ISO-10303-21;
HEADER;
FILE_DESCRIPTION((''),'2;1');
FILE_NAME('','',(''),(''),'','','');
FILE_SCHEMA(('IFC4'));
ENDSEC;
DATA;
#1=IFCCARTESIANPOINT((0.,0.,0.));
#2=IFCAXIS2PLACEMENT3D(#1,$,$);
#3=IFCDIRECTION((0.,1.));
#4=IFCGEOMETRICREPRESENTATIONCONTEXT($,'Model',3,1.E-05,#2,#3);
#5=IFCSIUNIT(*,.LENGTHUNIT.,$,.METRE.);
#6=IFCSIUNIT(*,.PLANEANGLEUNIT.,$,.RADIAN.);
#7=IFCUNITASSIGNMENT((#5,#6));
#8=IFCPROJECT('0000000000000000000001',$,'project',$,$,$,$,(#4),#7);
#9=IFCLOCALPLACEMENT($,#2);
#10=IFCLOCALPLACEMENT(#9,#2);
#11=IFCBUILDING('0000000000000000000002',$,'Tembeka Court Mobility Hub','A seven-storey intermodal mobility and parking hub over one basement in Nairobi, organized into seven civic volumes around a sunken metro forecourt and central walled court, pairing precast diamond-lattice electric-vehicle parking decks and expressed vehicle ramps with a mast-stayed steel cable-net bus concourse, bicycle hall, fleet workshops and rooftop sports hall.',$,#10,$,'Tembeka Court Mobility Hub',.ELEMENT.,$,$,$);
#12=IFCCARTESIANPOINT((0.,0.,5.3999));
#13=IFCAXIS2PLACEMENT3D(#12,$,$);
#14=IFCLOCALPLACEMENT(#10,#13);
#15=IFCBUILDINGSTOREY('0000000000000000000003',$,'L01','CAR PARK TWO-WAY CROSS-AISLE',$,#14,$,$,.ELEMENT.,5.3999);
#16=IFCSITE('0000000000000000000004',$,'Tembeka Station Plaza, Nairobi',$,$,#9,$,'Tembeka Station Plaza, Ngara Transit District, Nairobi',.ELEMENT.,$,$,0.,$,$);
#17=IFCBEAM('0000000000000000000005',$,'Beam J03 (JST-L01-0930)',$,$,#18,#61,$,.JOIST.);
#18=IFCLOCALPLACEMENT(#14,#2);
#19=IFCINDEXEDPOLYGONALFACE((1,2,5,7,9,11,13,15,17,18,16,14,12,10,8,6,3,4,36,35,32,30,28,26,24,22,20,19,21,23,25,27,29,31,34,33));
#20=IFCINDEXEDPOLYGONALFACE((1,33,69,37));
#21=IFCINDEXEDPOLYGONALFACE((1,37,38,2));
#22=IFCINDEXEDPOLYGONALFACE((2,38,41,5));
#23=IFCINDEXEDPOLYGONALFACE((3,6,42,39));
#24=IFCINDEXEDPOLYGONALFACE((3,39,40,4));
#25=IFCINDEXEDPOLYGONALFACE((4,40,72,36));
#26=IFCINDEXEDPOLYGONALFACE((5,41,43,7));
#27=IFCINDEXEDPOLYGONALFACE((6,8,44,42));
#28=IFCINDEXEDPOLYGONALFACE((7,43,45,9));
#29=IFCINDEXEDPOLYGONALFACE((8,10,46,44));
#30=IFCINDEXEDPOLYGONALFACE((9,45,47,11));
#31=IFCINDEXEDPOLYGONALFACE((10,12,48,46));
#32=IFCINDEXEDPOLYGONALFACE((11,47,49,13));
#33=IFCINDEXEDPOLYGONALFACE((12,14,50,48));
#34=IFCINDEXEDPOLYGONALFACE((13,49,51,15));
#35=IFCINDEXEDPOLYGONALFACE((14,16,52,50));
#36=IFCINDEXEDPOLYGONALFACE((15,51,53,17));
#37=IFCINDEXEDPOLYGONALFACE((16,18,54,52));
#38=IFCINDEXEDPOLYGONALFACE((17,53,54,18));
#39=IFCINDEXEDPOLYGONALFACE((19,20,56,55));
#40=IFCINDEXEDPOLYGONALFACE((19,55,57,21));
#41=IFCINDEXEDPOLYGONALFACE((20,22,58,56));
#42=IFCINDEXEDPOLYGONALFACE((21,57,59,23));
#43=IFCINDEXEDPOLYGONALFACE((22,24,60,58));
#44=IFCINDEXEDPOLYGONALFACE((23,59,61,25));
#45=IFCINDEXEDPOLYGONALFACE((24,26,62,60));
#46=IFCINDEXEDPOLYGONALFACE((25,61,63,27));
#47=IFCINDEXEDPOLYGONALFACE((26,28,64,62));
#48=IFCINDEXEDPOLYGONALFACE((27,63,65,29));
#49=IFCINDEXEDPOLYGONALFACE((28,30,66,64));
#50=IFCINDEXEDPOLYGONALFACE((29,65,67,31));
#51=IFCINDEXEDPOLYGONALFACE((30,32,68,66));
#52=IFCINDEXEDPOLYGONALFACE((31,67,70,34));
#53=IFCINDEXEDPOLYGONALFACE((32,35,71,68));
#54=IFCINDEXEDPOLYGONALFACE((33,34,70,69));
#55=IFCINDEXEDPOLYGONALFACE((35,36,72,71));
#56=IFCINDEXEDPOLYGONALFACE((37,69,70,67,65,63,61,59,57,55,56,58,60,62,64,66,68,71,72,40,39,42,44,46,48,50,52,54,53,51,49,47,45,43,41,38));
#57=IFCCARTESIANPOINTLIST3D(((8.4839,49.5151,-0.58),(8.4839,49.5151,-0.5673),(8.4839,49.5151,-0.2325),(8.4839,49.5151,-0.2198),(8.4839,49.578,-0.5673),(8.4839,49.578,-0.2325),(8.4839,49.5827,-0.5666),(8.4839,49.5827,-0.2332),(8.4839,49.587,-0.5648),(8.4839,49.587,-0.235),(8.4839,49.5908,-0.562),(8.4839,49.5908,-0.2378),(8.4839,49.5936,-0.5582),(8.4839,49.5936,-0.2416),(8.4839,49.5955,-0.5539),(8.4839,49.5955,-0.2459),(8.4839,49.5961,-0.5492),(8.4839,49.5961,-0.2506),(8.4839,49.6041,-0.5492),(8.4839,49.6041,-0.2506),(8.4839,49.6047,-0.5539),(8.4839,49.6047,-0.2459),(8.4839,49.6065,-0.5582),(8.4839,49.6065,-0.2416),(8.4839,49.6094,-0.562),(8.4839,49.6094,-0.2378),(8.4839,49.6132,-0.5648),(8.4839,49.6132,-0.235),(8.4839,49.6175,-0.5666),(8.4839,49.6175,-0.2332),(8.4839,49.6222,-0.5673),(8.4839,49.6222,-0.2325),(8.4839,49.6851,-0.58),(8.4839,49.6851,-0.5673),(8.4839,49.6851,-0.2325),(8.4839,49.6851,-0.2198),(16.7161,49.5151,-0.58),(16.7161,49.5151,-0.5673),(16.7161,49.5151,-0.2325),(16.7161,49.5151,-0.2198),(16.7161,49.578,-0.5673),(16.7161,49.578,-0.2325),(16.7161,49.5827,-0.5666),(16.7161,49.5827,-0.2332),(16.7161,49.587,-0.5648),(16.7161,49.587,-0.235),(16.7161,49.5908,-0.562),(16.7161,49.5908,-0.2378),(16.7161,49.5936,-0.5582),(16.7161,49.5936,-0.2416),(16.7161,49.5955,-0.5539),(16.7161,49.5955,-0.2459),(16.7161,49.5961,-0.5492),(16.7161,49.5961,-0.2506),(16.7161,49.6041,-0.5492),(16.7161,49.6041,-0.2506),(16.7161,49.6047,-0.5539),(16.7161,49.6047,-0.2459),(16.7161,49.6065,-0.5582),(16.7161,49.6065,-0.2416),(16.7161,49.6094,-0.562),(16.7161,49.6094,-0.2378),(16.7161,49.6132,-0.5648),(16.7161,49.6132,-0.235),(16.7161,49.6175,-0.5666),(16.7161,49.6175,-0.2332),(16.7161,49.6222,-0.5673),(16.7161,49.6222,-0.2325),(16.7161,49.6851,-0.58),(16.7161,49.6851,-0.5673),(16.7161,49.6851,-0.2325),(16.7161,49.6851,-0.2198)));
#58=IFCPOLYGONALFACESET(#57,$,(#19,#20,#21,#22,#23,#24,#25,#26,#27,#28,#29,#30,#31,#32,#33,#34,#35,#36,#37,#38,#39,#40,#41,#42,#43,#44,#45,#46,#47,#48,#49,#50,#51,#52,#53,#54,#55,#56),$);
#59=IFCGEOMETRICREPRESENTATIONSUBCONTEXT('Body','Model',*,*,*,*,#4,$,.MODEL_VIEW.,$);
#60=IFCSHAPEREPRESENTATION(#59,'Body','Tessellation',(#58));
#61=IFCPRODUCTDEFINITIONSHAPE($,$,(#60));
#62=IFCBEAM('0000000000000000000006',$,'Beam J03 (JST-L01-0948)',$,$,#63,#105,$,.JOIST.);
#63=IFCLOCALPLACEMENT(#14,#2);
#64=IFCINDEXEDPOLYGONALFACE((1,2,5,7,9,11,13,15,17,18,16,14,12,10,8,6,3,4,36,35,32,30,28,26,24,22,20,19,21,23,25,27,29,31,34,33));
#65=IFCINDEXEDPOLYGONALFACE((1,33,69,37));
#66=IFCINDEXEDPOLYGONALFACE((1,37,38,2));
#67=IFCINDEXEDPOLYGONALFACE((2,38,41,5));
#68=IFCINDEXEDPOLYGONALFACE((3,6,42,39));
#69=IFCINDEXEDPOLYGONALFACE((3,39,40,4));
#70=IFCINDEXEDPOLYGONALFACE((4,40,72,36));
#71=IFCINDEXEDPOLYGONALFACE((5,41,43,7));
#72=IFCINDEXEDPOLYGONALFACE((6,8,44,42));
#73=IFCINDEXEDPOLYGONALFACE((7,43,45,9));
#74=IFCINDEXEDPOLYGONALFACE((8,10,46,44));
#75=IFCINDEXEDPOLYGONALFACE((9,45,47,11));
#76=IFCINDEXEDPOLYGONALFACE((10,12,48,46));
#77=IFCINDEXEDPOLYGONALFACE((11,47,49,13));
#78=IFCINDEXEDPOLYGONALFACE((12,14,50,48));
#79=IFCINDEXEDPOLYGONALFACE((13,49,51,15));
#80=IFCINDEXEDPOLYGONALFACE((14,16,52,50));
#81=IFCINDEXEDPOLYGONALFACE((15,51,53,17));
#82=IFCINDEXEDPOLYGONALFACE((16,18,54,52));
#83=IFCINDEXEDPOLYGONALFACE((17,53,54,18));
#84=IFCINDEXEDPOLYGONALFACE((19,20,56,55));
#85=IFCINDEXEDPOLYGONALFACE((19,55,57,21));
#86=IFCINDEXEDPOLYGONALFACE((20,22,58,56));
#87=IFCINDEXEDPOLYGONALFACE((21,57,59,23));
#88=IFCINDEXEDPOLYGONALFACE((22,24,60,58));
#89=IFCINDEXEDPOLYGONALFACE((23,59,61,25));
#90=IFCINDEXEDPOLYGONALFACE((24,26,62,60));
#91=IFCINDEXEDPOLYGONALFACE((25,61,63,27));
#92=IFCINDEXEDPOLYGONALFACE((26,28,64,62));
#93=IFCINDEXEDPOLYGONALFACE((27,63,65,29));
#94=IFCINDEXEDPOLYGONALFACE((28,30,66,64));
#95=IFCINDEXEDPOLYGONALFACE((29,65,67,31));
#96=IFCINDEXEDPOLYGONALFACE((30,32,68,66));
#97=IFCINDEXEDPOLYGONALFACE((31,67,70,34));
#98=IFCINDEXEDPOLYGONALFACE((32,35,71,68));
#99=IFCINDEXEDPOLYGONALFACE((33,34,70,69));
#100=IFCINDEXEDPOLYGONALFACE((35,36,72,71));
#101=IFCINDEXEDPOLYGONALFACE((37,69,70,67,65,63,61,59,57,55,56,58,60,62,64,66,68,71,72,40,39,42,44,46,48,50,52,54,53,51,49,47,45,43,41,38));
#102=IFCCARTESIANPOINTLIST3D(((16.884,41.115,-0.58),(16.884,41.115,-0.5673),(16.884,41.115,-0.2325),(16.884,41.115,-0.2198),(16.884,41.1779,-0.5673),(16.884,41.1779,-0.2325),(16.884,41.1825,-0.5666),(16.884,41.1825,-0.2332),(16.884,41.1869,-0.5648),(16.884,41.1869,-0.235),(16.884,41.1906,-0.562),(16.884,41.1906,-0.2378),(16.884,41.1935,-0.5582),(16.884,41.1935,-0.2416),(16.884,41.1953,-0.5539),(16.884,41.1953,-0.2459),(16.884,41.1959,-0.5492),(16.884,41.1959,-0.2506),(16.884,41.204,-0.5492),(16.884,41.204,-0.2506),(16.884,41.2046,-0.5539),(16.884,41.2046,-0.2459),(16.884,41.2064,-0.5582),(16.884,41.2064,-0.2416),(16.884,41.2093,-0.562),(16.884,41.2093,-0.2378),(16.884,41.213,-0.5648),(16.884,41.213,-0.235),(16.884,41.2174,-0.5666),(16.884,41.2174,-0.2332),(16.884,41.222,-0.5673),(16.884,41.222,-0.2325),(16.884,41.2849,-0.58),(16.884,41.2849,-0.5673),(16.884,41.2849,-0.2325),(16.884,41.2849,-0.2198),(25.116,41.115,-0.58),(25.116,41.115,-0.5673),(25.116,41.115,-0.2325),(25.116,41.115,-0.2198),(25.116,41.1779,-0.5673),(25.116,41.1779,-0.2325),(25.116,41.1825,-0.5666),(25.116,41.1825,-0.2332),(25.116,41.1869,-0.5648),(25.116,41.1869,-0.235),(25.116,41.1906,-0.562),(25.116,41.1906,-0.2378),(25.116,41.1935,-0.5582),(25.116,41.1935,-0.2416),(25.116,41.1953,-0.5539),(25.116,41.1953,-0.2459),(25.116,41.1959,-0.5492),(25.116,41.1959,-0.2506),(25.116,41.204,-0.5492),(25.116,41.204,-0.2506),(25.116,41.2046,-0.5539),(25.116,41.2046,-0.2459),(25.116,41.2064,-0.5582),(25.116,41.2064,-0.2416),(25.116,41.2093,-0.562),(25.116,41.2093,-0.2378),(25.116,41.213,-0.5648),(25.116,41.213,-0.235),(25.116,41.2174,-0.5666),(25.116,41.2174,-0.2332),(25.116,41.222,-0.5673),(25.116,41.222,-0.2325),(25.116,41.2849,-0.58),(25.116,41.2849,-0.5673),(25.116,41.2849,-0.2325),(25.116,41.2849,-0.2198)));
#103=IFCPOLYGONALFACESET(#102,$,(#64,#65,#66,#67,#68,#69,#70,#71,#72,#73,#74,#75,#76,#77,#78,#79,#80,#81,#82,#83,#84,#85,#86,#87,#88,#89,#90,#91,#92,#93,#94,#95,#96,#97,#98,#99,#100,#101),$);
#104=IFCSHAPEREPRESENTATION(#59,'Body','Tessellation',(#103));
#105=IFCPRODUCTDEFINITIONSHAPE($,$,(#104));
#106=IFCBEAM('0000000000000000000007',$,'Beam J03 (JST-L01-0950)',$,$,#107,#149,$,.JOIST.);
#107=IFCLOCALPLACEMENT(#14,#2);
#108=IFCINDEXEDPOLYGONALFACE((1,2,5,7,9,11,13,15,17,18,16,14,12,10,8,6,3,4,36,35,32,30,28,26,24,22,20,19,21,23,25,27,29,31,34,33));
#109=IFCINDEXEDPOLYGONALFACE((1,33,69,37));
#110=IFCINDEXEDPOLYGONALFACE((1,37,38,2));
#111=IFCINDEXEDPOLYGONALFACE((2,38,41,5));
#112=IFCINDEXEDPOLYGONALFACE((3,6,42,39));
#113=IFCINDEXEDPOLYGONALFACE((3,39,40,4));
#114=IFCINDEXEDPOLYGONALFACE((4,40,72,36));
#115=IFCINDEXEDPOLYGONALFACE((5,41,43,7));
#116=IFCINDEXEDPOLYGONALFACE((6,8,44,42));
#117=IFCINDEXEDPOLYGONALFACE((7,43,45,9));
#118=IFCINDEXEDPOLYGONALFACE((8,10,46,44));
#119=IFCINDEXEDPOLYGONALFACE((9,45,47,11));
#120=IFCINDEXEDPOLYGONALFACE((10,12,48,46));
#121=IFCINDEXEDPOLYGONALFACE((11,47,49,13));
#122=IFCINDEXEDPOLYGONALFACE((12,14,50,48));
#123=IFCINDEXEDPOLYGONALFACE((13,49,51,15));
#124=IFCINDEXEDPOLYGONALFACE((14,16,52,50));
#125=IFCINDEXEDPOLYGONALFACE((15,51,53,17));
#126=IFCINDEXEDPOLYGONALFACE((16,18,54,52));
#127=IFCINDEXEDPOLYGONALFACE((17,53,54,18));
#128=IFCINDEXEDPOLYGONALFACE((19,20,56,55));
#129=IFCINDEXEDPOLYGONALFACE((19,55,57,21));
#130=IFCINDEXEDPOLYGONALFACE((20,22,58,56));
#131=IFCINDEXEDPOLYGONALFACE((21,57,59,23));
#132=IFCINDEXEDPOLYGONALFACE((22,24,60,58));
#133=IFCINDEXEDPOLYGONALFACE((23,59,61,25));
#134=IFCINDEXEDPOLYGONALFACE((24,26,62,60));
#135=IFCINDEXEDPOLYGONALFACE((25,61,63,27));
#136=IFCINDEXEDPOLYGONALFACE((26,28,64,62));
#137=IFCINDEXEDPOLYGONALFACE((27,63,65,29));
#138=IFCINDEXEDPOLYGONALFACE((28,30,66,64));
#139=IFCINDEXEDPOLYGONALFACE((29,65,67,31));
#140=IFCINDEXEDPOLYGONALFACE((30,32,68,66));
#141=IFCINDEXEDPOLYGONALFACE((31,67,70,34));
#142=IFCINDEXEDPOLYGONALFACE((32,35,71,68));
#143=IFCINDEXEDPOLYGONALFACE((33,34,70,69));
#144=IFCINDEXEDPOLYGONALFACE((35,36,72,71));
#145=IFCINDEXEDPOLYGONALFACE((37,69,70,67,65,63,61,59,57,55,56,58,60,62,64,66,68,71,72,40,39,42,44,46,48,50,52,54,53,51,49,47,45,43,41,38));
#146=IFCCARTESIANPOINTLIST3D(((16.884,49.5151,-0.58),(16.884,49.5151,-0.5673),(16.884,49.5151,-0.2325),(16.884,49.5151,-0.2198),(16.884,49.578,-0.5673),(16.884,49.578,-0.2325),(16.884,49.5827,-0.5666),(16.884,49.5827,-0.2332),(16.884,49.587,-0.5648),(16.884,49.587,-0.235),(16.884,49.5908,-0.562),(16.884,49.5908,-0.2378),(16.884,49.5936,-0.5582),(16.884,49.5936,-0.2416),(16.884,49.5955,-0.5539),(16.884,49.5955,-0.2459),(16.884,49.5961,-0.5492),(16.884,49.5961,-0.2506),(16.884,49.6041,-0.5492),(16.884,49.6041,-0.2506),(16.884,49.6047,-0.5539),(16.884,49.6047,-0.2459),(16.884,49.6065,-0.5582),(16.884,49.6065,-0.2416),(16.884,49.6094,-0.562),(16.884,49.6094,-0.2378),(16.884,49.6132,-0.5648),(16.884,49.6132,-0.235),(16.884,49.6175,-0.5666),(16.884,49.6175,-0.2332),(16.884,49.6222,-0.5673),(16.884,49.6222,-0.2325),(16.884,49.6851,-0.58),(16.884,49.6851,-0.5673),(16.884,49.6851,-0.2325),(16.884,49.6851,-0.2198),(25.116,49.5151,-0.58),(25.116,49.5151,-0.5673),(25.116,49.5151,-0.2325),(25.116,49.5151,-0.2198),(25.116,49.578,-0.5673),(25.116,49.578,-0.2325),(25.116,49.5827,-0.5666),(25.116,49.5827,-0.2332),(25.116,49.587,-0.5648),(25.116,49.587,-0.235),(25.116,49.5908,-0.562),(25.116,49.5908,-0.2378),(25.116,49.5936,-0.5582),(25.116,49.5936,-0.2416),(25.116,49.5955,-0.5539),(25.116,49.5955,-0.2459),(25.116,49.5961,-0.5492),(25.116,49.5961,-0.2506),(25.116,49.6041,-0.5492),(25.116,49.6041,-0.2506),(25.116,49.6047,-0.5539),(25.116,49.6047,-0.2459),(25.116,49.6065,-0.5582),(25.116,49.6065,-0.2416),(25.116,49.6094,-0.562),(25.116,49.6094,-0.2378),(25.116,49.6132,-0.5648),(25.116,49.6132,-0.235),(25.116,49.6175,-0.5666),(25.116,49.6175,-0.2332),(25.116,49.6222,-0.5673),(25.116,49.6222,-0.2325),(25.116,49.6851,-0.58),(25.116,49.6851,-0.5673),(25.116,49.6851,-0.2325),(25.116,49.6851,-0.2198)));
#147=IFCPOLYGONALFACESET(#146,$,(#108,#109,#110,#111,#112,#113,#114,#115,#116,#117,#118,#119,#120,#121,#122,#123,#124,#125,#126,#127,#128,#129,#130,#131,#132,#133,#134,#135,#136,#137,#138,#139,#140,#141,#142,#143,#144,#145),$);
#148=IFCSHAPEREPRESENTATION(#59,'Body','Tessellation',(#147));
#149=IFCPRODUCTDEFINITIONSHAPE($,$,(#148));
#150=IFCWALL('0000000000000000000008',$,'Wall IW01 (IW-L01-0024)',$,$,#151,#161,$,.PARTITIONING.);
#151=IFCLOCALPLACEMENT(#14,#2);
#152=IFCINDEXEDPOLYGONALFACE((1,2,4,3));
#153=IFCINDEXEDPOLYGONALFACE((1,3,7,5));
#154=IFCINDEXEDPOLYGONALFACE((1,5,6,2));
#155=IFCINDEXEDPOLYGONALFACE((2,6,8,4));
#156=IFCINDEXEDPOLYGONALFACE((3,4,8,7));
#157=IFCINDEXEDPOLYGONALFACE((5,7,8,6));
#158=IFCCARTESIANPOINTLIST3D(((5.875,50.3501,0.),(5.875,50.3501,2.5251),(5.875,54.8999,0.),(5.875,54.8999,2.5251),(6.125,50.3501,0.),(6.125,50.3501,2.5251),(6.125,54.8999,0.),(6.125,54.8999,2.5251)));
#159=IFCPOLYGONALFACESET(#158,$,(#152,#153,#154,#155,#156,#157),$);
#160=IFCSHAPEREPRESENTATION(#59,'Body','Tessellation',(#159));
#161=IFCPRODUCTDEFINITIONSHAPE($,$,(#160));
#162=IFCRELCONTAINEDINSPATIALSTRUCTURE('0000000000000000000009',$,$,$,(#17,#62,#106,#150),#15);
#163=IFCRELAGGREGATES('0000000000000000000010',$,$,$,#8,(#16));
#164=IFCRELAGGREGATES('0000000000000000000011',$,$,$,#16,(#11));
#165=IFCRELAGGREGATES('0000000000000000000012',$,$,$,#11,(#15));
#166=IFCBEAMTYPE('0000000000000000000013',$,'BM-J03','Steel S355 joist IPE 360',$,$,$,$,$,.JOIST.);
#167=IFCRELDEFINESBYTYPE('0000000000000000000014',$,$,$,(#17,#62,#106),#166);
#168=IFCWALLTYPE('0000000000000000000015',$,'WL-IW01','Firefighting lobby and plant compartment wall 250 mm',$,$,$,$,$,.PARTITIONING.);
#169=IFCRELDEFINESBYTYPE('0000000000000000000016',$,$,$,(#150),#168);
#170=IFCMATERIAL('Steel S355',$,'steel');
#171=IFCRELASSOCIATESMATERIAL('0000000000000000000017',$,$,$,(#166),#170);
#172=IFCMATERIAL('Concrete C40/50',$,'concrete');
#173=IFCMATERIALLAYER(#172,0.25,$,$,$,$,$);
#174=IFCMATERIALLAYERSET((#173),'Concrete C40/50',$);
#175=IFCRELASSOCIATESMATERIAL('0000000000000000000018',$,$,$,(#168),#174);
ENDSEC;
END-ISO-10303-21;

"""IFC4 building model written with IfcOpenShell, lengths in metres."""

from ifc_helpers import new_model, si_unit, direction, frame, frame_2d, origin, origin_2d, place, context, subcontext, project, spatial, rectangle, i_section, extrude, material, layer, layer_set, material_profile, profile_set, type_object, element, save


model = new_model("IFC4")

# Units and contexts
model_context = context("Model", 3, precision=1e-05, world=origin(), true_north=direction((0.0, 1.0)))
body_context = subcontext(model_context, "Body", "Model", "MODEL_VIEW")
ifc_project = project(units=[si_unit("LENGTHUNIT", "METRE"), si_unit("PLANEANGLEUNIT", "RADIAN")], contexts=[model_context])

# Site, building, storey
site_placement = place(None, origin())
site = spatial("IfcSite", under=ifc_project, at=site_placement, Name="Tembeka Station Plaza, Nairobi", LongName="Tembeka Station Plaza, Ngara Transit District, Nairobi", CompositionType="ELEMENT", RefElevation=0.0)
building_placement = place(site_placement, origin())
building = spatial("IfcBuilding", under=site, at=building_placement, Name="Tembeka Court Mobility Hub", Description="A seven-storey intermodal mobility and parking hub over one basement in Nairobi, organized into seven civic volumes around a sunken metro forecourt and central walled court, pairing precast diamond-lattice electric-vehicle parking decks and expressed vehicle ramps with a mast-stayed steel cable-net bus concourse, bicycle hall, fleet workshops and rooftop sports hall.", LongName="Tembeka Court Mobility Hub", CompositionType="ELEMENT")
storey_placement = place(building_placement, frame((0.0, 0.0, 5.3999)))
storey = spatial("IfcBuildingStorey", under=building, at=storey_placement, Name="L01", Description="CAR PARK TWO-WAY CROSS-AISLE", CompositionType="ELEMENT", Elevation=5.3999)

# Shared definitions
ifc_material_1 = material(Name="Steel S355", Category="steel")

# Beams
ifc_material_profile_1 = material_profile(ifc_material_1, i_section(OverallWidth=0.1699, OverallDepth=0.3601, WebThickness=0.0081, FlangeThickness=0.0127, FilletRadius=0.0181, at=origin_2d()), Name="IPE 360")
ifc_profile_set_1 = profile_set([ifc_material_profile_1], Name="Steel S355")
beam_type_1 = type_object("IfcBeamType", Name="BM-J03", Description="Steel S355 joist IPE 360", PredefinedType="JOIST", material=ifc_profile_set_1)
for number, where, z_axis, x_axis, name in (
    (1, (8.4839, 49.6001, -0.3999), (1.0, 0.0, 0.0), (0.0, 1.0, 0.0), "Beam J03 (JST-L01-0930)"),
):
    element("IfcBeam", number, at=place(storey_placement, frame(where, z_axis=z_axis, x_axis=x_axis)), inside=storey, type_object=beam_type_1, Name=name, PredefinedType="JOIST", context=body_context, shape_type="SweptSolid", body=[
        extrude(i_section(OverallWidth=0.1699, OverallDepth=0.3601, WebThickness=0.0081, FlangeThickness=0.0127, FilletRadius=0.0181, at=origin_2d()), origin(), (0.0, 0.0, 1.0), 8.2322),
    ])
for number, where, z_axis, x_axis, name in (
    (2, (16.884, 41.2, -0.3999), (1.0, 0.0, 0.0), (0.0, 1.0, 0.0), "Beam J03 (JST-L01-0948)"),
    (3, (16.884, 49.6001, -0.3999), (1.0, 0.0, 0.0), (0.0, 1.0, 0.0), "Beam J03 (JST-L01-0950)"),
):
    element("IfcBeam", number, at=place(storey_placement, frame(where, z_axis=z_axis, x_axis=x_axis)), inside=storey, type_object=beam_type_1, Name=name, PredefinedType="JOIST", context=body_context, shape_type="SweptSolid", body=[
        extrude(i_section(OverallWidth=0.1699, OverallDepth=0.3601, WebThickness=0.0081, FlangeThickness=0.0127, FilletRadius=0.0181, at=origin_2d()), origin(), (0.0, 0.0, 1.0), 8.2319),
    ])

# Wall
ifc_material_2 = material(Name="Concrete C40/50", Category="concrete")
ifc_layer_1 = layer(ifc_material_2, 0.25)
ifc_layer_set_1 = layer_set([ifc_layer_1], Name="Concrete C40/50")
wall_type_1 = type_object("IfcWallType", Name="WL-IW01", Description="Firefighting lobby and plant compartment wall 250 mm", PredefinedType="PARTITIONING", material=ifc_layer_set_1)
wall_1_placement = place(storey_placement, frame((6.0, 50.3501, 0.0), z_axis=(0.0, 0.0, 1.0), x_axis=(0.0, 1.0, 0.0)))
element("IfcWall", 4, at=wall_1_placement, inside=storey, type_object=wall_type_1, Name="Wall IW01 (IW-L01-0024)", PredefinedType="PARTITIONING", context=body_context, shape_type="SweptSolid", body=[
    extrude(rectangle(XDim=4.5498, YDim=0.25, at=frame_2d((2.2749, 0.0))), origin(), (0.0, 0.0, 1.0), 2.5251),
])

save(model, "model.ifc")
